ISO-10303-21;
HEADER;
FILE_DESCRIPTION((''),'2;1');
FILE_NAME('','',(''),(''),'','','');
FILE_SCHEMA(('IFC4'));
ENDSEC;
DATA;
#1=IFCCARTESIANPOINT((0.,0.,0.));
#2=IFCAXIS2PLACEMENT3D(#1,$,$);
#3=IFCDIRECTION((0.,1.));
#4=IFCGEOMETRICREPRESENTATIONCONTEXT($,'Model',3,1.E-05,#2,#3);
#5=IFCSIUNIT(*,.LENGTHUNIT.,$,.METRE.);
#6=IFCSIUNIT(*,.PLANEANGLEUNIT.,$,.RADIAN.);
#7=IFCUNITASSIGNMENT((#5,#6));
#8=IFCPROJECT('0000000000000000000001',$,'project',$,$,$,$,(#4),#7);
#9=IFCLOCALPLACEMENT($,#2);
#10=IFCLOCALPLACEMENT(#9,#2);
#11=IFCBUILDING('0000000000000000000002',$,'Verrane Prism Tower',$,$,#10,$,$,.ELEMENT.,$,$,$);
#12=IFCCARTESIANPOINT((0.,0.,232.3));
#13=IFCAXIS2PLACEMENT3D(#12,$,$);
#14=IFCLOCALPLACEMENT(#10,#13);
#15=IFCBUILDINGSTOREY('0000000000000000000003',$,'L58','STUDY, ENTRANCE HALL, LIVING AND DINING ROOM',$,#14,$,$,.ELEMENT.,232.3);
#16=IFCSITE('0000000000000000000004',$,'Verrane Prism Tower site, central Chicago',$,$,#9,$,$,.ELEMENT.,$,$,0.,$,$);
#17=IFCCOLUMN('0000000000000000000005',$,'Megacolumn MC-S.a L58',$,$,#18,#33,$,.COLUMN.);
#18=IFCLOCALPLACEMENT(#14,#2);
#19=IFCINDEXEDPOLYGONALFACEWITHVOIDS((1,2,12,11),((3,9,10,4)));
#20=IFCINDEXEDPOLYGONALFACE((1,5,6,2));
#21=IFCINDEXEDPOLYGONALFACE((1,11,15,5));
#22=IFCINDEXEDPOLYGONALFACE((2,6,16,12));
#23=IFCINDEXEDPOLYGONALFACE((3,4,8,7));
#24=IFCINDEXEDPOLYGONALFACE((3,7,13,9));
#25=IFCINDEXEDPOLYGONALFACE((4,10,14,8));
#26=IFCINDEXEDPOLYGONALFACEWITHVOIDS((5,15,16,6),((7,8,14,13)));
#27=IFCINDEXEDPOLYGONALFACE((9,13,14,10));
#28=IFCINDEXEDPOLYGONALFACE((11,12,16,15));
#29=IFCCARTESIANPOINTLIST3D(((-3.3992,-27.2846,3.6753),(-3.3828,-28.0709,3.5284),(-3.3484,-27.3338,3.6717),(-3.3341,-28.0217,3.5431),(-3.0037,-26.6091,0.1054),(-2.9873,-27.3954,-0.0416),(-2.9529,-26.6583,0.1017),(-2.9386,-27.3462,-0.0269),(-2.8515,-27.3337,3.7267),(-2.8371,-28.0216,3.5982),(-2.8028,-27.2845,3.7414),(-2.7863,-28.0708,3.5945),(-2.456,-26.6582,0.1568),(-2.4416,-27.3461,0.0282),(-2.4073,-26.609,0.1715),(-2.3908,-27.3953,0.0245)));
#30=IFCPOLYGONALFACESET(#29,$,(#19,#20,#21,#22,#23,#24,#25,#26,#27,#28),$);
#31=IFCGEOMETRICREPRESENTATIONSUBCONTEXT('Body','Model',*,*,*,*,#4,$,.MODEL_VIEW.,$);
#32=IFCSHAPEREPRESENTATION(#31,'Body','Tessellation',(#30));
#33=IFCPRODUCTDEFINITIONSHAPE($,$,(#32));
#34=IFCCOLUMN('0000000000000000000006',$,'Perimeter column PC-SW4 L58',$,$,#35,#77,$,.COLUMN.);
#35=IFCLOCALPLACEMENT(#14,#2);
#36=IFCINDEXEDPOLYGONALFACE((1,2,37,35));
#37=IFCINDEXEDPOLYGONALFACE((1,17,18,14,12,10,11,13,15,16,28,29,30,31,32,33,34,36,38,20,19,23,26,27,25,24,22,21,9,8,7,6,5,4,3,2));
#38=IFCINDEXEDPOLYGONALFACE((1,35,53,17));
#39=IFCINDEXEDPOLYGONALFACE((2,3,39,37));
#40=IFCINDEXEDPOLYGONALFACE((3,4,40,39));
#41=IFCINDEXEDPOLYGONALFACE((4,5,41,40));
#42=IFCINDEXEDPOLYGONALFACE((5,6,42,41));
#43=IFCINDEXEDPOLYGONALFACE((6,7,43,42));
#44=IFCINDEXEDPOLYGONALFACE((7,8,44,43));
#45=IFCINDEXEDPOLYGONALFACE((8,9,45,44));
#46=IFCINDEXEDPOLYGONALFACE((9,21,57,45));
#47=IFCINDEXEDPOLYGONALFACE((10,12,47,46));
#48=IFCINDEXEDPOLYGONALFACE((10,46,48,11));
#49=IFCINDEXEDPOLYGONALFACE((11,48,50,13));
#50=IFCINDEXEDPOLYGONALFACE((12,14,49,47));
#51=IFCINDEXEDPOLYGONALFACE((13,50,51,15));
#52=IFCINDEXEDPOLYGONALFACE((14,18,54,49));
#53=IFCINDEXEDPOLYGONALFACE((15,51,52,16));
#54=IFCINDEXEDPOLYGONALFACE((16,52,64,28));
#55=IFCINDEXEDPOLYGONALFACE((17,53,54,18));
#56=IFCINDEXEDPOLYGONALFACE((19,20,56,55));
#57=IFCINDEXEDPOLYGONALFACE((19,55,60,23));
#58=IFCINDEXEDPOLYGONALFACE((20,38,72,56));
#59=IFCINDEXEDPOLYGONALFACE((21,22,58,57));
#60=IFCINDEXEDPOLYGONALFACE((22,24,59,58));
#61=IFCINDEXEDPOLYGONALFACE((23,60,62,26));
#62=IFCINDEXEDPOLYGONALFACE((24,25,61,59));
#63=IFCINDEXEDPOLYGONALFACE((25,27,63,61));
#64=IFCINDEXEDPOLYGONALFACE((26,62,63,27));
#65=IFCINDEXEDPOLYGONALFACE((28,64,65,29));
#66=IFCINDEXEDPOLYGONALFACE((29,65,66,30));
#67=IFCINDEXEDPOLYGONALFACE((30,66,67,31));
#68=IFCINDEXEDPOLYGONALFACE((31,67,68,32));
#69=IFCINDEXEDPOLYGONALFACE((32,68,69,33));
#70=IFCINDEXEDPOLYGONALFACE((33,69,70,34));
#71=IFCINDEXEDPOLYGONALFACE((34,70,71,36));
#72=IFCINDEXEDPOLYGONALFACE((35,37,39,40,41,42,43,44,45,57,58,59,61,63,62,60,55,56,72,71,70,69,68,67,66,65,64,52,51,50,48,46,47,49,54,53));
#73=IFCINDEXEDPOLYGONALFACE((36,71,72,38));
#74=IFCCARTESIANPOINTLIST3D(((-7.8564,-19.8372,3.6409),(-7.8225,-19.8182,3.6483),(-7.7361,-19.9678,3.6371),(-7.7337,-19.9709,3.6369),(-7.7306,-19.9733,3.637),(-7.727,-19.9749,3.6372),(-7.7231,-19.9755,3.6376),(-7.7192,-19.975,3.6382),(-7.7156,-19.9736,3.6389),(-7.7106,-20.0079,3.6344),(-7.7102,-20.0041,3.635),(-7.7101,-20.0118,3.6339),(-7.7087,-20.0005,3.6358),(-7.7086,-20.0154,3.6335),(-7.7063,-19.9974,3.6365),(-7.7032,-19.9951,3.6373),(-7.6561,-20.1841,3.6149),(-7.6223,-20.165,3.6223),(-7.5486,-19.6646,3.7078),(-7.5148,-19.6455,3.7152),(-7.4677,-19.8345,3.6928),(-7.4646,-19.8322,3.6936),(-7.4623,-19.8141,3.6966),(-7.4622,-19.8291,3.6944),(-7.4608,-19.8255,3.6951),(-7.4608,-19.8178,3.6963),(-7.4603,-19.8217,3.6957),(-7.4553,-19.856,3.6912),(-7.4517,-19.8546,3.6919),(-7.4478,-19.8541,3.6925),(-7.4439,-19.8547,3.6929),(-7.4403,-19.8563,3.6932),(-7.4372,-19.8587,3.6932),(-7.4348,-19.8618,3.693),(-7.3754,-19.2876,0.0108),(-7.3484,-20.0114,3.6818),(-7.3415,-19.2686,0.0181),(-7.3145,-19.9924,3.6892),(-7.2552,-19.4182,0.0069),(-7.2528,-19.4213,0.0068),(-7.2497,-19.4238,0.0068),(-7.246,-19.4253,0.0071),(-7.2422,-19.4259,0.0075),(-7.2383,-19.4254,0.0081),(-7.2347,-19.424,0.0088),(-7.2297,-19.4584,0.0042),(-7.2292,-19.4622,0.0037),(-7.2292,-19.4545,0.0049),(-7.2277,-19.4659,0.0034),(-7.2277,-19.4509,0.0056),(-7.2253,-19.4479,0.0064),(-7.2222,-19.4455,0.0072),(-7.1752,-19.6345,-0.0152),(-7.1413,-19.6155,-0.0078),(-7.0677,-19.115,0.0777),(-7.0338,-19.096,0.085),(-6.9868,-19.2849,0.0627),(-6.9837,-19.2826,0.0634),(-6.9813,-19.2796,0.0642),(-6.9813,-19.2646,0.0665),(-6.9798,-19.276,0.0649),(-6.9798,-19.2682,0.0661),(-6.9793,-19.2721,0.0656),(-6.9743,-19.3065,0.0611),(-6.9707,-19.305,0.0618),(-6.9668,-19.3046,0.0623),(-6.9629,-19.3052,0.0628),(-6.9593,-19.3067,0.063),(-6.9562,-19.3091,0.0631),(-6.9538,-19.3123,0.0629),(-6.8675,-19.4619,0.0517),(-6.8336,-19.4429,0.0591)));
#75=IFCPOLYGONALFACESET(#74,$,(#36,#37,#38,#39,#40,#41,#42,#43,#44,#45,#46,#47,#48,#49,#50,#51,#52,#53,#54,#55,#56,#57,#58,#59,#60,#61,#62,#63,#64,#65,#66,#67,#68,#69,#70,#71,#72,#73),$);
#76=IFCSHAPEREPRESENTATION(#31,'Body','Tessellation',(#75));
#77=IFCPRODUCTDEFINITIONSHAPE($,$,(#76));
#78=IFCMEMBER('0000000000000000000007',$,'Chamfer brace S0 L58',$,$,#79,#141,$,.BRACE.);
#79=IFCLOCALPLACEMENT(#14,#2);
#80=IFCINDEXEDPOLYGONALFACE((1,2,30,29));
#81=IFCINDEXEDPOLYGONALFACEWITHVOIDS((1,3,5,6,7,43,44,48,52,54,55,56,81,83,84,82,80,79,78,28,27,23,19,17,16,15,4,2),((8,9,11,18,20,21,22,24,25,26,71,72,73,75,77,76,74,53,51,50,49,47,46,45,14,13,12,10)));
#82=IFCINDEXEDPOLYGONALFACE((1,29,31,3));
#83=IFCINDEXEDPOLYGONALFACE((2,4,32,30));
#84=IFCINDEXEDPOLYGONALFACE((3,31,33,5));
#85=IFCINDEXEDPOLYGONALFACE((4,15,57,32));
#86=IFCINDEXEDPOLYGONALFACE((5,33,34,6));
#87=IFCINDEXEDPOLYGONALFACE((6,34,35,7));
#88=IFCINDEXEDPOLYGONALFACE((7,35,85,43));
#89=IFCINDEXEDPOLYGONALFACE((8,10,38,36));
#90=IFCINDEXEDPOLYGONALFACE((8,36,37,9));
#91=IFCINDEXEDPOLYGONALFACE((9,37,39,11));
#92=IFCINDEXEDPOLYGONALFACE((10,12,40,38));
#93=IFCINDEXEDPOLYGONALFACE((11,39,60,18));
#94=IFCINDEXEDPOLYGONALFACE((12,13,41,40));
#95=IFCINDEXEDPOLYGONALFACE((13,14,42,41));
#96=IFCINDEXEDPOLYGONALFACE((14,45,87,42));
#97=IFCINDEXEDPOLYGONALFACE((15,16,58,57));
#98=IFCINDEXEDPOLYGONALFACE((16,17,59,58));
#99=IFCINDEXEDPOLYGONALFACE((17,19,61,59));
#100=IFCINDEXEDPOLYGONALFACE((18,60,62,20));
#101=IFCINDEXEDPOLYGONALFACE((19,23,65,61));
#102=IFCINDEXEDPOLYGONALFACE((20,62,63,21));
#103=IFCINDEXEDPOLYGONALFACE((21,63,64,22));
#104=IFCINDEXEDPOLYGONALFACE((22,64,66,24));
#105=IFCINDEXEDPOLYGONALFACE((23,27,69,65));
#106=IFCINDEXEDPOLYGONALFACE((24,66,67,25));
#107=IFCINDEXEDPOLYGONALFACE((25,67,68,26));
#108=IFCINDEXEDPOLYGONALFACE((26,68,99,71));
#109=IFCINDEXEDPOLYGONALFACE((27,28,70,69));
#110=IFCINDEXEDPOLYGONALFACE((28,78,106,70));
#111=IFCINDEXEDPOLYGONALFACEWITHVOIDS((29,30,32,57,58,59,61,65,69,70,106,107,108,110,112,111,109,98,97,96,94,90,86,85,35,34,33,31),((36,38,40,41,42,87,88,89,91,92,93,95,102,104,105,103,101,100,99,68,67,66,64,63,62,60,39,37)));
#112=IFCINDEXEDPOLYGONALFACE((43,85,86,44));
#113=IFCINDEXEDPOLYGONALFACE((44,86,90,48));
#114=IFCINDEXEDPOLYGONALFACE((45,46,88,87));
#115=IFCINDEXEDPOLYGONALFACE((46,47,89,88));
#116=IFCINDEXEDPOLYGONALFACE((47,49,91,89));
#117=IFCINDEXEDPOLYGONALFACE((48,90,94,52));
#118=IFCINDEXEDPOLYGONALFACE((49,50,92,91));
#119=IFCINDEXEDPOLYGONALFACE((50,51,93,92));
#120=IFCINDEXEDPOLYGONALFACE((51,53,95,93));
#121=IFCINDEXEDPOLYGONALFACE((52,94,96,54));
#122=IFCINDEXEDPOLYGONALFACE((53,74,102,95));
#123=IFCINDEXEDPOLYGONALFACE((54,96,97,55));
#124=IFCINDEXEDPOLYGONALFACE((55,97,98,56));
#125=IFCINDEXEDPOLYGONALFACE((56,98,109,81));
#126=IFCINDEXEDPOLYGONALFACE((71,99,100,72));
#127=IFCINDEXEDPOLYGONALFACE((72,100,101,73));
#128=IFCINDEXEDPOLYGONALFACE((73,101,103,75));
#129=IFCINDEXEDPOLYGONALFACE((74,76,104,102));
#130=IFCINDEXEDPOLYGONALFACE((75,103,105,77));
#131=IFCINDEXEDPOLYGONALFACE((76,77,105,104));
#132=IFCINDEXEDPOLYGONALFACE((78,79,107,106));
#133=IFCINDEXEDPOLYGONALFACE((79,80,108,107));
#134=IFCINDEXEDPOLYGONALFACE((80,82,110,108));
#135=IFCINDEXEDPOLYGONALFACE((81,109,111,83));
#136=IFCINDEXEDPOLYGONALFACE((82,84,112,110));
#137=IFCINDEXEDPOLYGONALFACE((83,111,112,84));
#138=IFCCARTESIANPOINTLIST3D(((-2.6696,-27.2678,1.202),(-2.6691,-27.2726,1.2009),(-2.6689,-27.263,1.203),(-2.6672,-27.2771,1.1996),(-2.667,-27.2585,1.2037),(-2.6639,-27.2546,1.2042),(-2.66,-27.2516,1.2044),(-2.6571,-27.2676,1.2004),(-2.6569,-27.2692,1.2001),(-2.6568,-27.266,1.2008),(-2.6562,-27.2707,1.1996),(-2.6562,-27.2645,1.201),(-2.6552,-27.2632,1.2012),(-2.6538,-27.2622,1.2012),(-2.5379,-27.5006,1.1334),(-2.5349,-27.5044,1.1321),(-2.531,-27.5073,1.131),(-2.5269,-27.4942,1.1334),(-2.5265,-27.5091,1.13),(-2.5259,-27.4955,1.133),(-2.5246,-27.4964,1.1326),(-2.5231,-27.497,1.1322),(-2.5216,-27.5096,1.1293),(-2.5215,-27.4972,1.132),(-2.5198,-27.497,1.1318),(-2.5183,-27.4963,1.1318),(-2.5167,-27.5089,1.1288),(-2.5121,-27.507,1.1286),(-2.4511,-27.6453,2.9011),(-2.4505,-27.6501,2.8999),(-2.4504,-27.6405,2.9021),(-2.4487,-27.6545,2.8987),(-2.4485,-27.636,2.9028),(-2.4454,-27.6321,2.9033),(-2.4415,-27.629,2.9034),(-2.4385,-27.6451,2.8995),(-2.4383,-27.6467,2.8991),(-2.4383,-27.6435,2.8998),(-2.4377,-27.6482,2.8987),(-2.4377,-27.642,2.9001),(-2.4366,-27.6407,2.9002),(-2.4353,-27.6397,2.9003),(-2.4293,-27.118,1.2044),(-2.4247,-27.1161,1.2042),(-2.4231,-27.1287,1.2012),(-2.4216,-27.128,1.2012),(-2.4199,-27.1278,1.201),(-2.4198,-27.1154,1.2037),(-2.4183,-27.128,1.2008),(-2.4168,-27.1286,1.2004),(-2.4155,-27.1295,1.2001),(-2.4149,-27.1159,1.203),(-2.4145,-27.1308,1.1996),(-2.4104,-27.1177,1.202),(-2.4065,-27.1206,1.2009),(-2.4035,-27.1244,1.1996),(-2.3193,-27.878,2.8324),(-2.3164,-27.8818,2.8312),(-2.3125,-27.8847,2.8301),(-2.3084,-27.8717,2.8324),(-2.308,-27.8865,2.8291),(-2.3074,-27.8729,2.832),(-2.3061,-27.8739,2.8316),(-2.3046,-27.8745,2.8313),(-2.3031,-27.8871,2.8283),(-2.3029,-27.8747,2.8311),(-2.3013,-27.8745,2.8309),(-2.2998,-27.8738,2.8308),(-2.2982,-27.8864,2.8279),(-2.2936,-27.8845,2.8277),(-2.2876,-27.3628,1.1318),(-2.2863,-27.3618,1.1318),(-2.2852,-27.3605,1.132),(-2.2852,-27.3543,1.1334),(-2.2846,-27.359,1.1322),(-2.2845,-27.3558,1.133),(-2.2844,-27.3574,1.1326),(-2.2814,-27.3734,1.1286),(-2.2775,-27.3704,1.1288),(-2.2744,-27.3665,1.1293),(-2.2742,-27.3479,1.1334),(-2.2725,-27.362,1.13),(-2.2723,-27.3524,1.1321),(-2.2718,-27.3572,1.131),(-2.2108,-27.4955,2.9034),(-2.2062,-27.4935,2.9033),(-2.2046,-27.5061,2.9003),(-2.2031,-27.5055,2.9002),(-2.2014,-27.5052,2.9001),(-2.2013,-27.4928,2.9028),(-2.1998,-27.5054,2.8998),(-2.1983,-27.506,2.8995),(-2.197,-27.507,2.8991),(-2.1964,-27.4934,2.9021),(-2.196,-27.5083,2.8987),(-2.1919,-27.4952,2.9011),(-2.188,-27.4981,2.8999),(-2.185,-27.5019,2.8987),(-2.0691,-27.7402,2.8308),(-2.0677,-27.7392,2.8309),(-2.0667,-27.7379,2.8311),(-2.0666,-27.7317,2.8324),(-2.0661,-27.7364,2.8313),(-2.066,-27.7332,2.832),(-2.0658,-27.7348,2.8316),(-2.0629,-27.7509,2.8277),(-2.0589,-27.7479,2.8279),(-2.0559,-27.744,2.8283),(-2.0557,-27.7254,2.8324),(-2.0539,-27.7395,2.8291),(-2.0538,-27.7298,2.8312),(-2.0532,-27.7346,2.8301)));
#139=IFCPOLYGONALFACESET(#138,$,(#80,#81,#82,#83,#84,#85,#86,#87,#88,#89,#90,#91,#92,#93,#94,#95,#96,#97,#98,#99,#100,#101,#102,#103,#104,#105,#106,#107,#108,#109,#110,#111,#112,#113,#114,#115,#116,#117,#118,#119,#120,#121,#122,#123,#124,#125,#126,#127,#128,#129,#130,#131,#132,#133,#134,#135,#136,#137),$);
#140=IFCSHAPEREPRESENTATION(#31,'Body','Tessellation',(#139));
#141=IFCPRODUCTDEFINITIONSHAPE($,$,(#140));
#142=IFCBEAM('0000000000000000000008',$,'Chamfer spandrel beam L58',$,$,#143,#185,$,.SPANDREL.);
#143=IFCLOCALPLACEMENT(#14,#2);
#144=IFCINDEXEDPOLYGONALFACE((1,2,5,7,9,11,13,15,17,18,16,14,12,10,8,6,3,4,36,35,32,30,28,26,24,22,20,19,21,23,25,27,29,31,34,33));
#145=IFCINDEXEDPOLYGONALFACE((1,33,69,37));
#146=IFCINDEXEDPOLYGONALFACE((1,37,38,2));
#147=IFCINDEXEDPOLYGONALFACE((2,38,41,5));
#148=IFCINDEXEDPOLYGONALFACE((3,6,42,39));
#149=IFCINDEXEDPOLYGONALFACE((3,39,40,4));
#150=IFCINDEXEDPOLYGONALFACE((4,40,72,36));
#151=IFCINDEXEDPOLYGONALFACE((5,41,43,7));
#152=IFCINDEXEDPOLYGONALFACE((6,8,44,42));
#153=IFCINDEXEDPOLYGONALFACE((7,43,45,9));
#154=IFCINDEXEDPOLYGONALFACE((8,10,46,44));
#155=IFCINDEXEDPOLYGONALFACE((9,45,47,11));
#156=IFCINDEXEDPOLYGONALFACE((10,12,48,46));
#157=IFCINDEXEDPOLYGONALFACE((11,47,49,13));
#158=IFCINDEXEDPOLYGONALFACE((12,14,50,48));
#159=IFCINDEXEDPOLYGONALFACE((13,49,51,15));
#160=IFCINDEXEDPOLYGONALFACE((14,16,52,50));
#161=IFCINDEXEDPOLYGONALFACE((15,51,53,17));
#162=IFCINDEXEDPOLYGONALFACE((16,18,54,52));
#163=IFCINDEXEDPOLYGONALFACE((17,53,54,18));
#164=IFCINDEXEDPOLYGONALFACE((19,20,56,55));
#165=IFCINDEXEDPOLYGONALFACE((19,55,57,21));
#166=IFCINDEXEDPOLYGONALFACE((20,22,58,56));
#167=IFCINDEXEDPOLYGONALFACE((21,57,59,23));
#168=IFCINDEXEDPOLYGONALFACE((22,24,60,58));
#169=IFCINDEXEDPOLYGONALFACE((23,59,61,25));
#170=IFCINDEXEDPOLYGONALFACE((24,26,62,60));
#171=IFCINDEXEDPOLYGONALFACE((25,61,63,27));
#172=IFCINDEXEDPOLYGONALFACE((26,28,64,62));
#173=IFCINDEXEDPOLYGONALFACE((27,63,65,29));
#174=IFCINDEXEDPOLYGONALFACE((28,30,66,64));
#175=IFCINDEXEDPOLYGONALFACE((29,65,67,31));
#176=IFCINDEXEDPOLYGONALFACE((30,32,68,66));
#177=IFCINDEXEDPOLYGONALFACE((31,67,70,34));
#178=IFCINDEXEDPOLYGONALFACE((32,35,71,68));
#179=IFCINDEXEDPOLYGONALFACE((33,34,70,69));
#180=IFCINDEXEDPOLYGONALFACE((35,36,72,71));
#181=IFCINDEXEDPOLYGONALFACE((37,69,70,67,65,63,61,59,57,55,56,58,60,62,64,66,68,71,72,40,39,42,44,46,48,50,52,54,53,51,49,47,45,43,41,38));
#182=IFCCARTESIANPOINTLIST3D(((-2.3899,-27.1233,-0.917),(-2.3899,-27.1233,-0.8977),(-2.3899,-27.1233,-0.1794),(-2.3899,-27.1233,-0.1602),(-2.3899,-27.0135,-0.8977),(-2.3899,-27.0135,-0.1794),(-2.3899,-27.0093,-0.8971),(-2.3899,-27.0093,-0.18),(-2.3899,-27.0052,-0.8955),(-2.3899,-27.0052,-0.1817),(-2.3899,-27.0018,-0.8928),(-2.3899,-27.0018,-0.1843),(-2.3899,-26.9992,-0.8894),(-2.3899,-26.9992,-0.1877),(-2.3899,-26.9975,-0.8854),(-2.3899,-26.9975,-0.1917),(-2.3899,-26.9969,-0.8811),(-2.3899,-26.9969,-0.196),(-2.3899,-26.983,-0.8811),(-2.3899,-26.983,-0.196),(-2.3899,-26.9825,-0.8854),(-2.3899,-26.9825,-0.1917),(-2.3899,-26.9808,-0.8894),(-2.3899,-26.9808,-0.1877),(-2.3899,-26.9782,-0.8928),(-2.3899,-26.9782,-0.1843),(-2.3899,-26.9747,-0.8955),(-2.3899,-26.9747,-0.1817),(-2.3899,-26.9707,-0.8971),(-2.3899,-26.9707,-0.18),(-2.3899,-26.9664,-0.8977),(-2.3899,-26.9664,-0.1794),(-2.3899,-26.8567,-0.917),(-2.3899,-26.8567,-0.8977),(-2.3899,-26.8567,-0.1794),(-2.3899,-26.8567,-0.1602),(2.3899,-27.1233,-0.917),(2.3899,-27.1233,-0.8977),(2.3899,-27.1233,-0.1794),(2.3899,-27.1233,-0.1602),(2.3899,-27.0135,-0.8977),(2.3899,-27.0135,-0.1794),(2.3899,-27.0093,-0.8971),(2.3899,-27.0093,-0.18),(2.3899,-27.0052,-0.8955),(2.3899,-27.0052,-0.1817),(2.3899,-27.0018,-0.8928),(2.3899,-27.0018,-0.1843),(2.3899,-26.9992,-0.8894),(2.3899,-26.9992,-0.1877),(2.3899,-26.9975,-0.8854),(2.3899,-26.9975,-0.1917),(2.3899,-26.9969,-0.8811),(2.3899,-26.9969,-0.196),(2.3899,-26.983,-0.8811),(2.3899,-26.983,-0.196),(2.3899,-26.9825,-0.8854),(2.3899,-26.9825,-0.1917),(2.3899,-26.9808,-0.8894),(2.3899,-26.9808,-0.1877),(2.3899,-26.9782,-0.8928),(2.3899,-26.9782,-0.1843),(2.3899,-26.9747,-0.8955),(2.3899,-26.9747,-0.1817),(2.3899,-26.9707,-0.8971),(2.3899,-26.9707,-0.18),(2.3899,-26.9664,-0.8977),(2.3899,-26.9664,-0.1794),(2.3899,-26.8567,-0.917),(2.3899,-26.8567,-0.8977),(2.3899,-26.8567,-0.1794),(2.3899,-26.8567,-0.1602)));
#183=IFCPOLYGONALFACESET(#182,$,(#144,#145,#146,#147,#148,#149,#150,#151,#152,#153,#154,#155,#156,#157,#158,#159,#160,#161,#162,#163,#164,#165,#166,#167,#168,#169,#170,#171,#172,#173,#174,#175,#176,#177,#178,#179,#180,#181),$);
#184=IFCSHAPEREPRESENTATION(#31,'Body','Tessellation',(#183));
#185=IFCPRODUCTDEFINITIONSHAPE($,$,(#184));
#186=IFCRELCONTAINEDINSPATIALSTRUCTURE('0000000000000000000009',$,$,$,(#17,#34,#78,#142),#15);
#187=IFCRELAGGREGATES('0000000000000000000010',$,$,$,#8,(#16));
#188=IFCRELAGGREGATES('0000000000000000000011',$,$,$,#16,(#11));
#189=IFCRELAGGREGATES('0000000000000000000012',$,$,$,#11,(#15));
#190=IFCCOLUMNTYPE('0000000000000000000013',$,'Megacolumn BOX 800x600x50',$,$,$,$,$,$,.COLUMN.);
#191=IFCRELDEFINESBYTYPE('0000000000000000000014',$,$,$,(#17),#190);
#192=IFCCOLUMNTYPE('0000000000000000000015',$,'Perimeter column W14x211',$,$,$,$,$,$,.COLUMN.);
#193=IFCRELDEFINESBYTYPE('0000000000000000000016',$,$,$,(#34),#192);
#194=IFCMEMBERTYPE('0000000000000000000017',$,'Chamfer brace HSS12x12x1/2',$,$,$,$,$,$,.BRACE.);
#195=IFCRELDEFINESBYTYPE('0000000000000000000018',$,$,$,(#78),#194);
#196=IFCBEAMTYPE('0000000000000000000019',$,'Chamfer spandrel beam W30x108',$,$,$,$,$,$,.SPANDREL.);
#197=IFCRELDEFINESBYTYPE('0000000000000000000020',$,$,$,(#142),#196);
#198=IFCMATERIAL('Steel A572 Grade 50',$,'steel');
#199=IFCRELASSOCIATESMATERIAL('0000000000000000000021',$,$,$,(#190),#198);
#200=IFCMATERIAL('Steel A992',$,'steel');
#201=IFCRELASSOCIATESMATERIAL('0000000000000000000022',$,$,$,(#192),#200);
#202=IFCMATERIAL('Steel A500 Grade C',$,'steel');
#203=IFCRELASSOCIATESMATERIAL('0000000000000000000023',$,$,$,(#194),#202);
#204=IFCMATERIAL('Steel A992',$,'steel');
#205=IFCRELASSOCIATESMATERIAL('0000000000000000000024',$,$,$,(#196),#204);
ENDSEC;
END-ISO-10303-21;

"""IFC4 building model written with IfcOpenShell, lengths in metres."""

from ifc_helpers import new_model, si_unit, direction, frame, origin, origin_2d, place, context, subcontext, project, spatial, hollow_rectangle, i_section, extrude, material, material_profile, profile_set, type_object, element, save


model = new_model("IFC4")

# Units and contexts
model_context = context("Model", 3, precision=1e-05, world=origin(), true_north=direction((0.0, 1.0)))
body_context = subcontext(model_context, "Body", "Model", "MODEL_VIEW")
ifc_project = project(units=[si_unit("LENGTHUNIT", "METRE"), si_unit("PLANEANGLEUNIT", "RADIAN")], contexts=[model_context])

# Site, building, storey
site_placement = place(None, origin())
site = spatial("IfcSite", under=ifc_project, at=site_placement, Name="Verrane Prism Tower site, central Chicago", CompositionType="ELEMENT", RefElevation=0.0)
building_placement = place(site_placement, origin())
building = spatial("IfcBuilding", under=site, at=building_placement, Name="Verrane Prism Tower", CompositionType="ELEMENT")
storey_placement = place(building_placement, frame((0.0, 0.0, 232.3)))
storey = spatial("IfcBuildingStorey", under=building, at=storey_placement, Name="L58", Description="STUDY, ENTRANCE HALL, LIVING AND DINING ROOM", CompositionType="ELEMENT", Elevation=232.3)

# Columns
ifc_material_1 = material(Name="Steel A572 Grade 50", Category="steel")
ifc_material_profile_1 = material_profile(ifc_material_1, hollow_rectangle(XDim=0.6001, YDim=0.8, WallThickness=0.05, at=origin_2d()), Name="BOX 800x600x50")
ifc_profile_set_1 = profile_set([ifc_material_profile_1], Name="Steel A572 Grade 50")
column_type_1 = type_object("IfcColumnType", Name="Megacolumn BOX 800x600x50", PredefinedType="COLUMN", material=ifc_profile_set_1)
column_1_placement = place(storey_placement, frame((-2.6973, -27.0022, 0.0649), z_axis=(-0.108214, -0.184831, 0.976794), x_axis=(-0.993916, -0.000177, -0.110144)))
element("IfcColumn", 1, at=column_1_placement, inside=storey, type_object=column_type_1, Name="Megacolumn MC-S.a L58", PredefinedType="COLUMN", context=body_context, shape_type="SweptSolid", body=[
    extrude(hollow_rectangle(XDim=0.6001, YDim=0.8, WallThickness=0.05, at=origin_2d()), origin(), (0.0, 0.0, 1.0), 3.6548),
])
ifc_material_2 = material(Name="Steel A992", Category="steel")
ifc_material_profile_2 = material_profile(ifc_material_2, i_section(OverallWidth=0.4014, OverallDepth=0.3987, WebThickness=0.0249, FlangeThickness=0.0396, FilletRadius=0.0151, at=origin_2d()), Name="W14x211")
ifc_profile_set_2 = profile_set([ifc_material_profile_2], Name="Steel A992")
column_type_2 = type_object("IfcColumnType", Name="Perimeter column W14x211", PredefinedType="COLUMN", material=ifc_profile_set_2)
column_2_placement = place(storey_placement, frame((-7.1045, -19.3652, 0.0349), z_axis=(-0.129888, -0.148415, 0.980358), x_axis=(-0.498874, 0.864253, 0.064742)))
element("IfcColumn", 2, at=column_2_placement, inside=storey, type_object=column_type_2, Name="Perimeter column PC-SW4 L58", PredefinedType="COLUMN", context=body_context, shape_type="SweptSolid", body=[
    extrude(i_section(OverallWidth=0.4014, OverallDepth=0.3987, WebThickness=0.0249, FlangeThickness=0.0396, FilletRadius=0.0151, at=origin_2d()), origin(), (0.0, 0.0, 1.0), 3.7029),
])

# Member
ifc_material_3 = material(Name="Steel A500 Grade C", Category="steel")
ifc_material_profile_3 = material_profile(ifc_material_3, hollow_rectangle(XDim=0.3047, YDim=0.3047, WallThickness=0.0127, InnerFilletRadius=0.0063, OuterFilletRadius=0.019, at=origin_2d()), Name="HSS12x12x1/2")
ifc_profile_set_3 = profile_set([ifc_material_profile_3], Name="Steel A500 Grade C")
member_type_1 = type_object("IfcMemberType", Name="Chamfer brace HSS12x12x1/2", PredefinedType="BRACE", material=ifc_profile_set_3)
member_1_placement = place(storey_placement, frame((-2.4707, -27.3125, 1.1665), z_axis=(0.124572, -0.215182, 0.968596), x_axis=(0.865439, 0.501014, 0.0)))
element("IfcMember", 3, at=member_1_placement, inside=storey, type_object=member_type_1, Name="Chamfer brace S0 L58", PredefinedType="BRACE", context=body_context, shape_type="SweptSolid", body=[
    extrude(hollow_rectangle(XDim=0.3047, YDim=0.3047, WallThickness=0.0127, InnerFilletRadius=0.0063, OuterFilletRadius=0.019, at=origin_2d()), origin(), (0.0, 0.0, 1.0), 1.7542),
])

# Beam
ifc_material_4 = material(Name="Steel A992", Category="steel")
ifc_material_profile_4 = material_profile(ifc_material_4, i_section(OverallWidth=0.2666, OverallDepth=0.7568, WebThickness=0.0139, FlangeThickness=0.0193, FilletRadius=0.0166, at=origin_2d()), Name="W30x108")
ifc_profile_set_4 = profile_set([ifc_material_profile_4], Name="Steel A992")
beam_type_1 = type_object("IfcBeamType", Name="Chamfer spandrel beam W30x108", PredefinedType="SPANDREL", material=ifc_profile_set_4)
beam_1_placement = place(storey_placement, frame((-2.3899, -26.99, -0.5386), z_axis=(1.0, 0.0, 0.0), x_axis=(0.0, 1.0, 0.0)))
element("IfcBeam", 4, at=beam_1_placement, inside=storey, type_object=beam_type_1, Name="Chamfer spandrel beam L58", PredefinedType="SPANDREL", context=body_context, shape_type="SweptSolid", body=[
    extrude(i_section(OverallWidth=0.2666, OverallDepth=0.7568, WebThickness=0.0139, FlangeThickness=0.0193, FilletRadius=0.0166, at=origin_2d()), origin(), (0.0, 0.0, 1.0), 4.7798),
])

save(model, "model.ifc")
